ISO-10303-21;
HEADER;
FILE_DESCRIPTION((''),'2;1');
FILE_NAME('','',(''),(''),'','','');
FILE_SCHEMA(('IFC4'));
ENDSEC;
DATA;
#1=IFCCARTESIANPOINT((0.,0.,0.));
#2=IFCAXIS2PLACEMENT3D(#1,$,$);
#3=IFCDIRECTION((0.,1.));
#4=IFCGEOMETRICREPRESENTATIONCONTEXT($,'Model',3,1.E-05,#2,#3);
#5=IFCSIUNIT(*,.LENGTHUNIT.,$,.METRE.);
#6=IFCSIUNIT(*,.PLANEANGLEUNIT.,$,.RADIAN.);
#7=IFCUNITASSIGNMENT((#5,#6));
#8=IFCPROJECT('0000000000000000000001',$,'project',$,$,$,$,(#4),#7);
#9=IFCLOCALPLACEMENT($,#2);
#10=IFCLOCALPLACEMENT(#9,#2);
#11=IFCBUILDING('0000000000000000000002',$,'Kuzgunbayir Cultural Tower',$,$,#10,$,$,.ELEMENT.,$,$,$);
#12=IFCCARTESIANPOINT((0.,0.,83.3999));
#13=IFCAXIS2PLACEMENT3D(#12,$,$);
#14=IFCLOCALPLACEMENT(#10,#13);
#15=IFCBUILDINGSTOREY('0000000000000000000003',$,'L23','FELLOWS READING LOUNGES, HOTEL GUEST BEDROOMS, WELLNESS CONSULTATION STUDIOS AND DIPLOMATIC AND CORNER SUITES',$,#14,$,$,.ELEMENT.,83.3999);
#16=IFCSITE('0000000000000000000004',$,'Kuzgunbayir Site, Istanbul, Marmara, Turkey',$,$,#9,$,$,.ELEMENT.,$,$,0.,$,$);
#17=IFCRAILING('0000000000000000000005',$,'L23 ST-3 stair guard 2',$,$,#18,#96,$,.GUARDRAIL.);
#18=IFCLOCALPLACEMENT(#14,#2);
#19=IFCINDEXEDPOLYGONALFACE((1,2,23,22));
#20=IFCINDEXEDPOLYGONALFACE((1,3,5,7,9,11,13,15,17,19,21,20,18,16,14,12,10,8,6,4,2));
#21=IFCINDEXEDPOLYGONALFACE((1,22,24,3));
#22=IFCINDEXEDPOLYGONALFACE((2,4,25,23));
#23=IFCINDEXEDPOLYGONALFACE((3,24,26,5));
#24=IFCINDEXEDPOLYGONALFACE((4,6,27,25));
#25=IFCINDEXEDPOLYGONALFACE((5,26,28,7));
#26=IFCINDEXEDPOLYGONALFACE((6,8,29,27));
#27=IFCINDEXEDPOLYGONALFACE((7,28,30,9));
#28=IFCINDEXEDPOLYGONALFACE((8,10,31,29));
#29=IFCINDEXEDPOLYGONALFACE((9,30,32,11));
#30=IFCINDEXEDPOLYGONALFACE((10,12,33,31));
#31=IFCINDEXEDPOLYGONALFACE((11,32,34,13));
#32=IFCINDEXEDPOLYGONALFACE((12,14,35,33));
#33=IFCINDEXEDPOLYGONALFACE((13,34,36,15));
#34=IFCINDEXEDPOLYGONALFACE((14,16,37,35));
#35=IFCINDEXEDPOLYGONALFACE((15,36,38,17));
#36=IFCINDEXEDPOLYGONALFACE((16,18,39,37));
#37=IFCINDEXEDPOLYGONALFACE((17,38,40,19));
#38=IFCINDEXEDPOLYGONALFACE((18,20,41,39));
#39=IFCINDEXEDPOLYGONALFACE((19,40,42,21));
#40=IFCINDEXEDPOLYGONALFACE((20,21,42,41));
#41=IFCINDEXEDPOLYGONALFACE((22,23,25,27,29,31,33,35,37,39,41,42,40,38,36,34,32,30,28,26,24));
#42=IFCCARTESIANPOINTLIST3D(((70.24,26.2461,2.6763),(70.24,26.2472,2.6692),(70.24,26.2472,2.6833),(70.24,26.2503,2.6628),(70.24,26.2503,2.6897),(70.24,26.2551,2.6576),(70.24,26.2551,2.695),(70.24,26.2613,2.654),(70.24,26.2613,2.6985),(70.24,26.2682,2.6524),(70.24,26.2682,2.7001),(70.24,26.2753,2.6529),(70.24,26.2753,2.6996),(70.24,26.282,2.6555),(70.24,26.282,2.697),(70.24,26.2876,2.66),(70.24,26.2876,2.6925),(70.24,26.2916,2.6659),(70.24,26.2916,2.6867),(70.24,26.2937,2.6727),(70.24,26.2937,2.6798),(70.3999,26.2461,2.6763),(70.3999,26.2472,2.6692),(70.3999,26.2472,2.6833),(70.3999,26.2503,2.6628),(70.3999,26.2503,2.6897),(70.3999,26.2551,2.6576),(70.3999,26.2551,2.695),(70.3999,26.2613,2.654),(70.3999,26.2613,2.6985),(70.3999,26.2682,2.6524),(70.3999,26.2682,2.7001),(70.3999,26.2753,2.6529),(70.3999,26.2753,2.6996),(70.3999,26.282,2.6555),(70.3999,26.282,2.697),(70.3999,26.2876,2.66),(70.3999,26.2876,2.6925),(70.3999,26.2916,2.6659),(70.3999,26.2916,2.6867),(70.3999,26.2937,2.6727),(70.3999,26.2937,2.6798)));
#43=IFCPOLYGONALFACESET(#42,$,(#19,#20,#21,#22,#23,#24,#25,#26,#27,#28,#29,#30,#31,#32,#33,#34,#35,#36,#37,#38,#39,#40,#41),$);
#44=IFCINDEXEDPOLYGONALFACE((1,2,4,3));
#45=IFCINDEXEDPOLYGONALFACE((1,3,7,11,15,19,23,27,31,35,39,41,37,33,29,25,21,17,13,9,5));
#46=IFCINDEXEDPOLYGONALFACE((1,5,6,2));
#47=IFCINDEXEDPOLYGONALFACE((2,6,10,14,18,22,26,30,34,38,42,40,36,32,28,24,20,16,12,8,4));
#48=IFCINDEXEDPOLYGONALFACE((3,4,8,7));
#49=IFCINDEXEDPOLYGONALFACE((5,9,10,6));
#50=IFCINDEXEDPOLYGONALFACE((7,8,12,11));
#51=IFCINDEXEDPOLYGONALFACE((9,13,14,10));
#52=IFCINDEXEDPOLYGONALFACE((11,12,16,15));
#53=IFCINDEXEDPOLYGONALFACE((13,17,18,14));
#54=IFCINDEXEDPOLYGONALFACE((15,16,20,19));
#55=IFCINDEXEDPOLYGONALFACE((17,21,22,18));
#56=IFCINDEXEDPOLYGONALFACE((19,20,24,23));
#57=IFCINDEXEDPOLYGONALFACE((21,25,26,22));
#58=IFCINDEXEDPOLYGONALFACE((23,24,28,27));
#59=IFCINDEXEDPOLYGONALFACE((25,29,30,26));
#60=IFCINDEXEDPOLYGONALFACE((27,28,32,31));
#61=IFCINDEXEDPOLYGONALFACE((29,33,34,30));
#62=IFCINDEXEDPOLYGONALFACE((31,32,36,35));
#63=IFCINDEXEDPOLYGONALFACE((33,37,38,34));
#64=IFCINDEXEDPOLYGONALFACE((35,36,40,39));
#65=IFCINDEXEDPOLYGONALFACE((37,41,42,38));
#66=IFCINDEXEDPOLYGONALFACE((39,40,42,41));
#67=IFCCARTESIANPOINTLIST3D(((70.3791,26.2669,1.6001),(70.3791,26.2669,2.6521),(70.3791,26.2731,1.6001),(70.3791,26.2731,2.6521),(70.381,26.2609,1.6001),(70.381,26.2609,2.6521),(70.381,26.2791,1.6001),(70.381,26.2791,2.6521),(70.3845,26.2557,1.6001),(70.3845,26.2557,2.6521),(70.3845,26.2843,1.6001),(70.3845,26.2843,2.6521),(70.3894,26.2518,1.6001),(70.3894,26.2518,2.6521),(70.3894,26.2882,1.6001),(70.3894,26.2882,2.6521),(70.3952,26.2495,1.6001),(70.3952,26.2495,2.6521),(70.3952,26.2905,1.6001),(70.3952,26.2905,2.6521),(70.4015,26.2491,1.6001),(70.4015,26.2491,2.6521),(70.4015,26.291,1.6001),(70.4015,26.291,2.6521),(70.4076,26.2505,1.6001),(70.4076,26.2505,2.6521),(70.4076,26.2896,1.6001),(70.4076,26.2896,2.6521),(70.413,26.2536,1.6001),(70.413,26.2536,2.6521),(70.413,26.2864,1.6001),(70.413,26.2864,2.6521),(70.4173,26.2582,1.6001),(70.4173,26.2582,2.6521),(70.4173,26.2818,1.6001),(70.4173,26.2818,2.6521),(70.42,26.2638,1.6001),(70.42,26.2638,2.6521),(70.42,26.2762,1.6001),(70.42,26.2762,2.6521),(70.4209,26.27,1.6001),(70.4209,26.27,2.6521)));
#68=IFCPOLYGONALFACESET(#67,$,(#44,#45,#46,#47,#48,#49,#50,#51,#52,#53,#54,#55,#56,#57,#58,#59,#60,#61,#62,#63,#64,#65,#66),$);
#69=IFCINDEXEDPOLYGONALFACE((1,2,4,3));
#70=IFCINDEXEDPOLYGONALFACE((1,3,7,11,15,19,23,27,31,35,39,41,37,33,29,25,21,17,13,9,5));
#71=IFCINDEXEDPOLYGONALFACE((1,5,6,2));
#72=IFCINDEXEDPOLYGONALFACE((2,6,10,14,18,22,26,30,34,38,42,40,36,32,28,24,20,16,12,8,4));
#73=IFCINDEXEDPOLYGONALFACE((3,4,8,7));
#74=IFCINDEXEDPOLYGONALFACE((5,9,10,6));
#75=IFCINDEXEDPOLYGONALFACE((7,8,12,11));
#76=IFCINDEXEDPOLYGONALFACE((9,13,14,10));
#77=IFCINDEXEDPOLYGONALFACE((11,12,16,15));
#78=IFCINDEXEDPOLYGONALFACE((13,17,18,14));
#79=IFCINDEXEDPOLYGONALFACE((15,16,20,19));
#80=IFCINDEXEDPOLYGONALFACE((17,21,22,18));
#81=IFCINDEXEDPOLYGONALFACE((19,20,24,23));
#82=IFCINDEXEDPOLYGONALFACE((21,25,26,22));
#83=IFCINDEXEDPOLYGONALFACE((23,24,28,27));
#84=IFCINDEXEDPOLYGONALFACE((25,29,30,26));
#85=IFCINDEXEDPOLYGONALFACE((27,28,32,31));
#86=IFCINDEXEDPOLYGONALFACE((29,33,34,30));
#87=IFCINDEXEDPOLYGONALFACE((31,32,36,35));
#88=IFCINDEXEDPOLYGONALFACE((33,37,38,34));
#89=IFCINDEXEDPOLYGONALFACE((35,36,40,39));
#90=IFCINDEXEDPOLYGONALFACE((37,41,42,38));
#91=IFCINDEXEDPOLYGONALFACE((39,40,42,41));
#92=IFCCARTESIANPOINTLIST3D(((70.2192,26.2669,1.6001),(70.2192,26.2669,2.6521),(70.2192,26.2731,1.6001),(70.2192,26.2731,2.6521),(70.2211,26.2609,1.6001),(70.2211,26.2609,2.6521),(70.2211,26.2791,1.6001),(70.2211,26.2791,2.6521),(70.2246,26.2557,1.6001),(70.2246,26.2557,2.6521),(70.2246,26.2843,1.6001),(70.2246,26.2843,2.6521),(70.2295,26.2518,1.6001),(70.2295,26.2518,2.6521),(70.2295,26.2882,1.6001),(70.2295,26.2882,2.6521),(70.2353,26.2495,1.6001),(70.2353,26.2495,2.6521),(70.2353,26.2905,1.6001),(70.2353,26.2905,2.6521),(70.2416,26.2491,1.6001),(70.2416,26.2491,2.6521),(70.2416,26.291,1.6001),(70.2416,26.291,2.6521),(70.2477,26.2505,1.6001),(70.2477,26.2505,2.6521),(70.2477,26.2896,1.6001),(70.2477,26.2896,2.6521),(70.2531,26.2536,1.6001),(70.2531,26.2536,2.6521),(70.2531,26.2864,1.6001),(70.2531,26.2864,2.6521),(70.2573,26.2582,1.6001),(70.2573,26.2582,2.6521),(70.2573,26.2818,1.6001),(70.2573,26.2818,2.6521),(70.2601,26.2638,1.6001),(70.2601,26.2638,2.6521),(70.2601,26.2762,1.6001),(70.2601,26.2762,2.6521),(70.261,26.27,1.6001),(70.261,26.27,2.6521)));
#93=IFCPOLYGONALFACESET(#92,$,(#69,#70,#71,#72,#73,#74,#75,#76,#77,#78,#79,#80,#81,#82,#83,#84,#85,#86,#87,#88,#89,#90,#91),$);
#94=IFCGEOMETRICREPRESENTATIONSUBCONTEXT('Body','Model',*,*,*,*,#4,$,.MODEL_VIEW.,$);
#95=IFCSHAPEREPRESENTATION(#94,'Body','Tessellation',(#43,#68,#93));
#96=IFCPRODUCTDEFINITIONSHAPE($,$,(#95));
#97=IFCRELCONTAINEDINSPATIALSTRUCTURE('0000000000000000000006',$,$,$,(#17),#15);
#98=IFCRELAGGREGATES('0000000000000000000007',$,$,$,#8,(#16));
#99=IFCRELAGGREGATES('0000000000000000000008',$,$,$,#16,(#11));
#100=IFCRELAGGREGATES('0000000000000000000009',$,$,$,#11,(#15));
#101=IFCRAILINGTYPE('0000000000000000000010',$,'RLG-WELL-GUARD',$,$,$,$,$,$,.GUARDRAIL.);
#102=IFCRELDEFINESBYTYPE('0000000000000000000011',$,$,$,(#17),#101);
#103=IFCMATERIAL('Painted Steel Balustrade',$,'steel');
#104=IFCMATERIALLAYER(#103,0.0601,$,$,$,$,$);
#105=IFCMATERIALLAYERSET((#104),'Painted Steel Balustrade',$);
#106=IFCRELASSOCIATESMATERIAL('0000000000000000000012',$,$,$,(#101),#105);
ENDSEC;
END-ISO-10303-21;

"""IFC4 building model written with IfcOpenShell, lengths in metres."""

from ifc_helpers import new_model, si_unit, direction, frame, origin, origin_2d, place, context, subcontext, project, spatial, circle, extrude, material, layer, layer_set, type_object, element, save


model = new_model("IFC4")

# Units and contexts
model_context = context("Model", 3, precision=1e-05, world=origin(), true_north=direction((0.0, 1.0)))
body_context = subcontext(model_context, "Body", "Model", "MODEL_VIEW")
ifc_project = project(units=[si_unit("LENGTHUNIT", "METRE"), si_unit("PLANEANGLEUNIT", "RADIAN")], contexts=[model_context])

# Site, building, storey
site_placement = place(None, origin())
site = spatial("IfcSite", under=ifc_project, at=site_placement, Name="Kuzgunbayir Site, Istanbul, Marmara, Turkey", CompositionType="ELEMENT", RefElevation=0.0)
building_placement = place(site_placement, origin())
building = spatial("IfcBuilding", under=site, at=building_placement, Name="Kuzgunbayir Cultural Tower", CompositionType="ELEMENT")
storey_placement = place(building_placement, frame((0.0, 0.0, 83.3999)))
storey = spatial("IfcBuildingStorey", under=building, at=storey_placement, Name="L23", Description="FELLOWS READING LOUNGES, HOTEL GUEST BEDROOMS, WELLNESS CONSULTATION STUDIOS AND DIPLOMATIC AND CORNER SUITES", CompositionType="ELEMENT", Elevation=83.3999)

# Railing
ifc_material_1 = material(Name="Painted Steel Balustrade", Category="steel")
ifc_layer_1 = layer(ifc_material_1, 0.0601)
ifc_layer_set_1 = layer_set([ifc_layer_1], Name="Painted Steel Balustrade")
railing_type_1 = type_object("IfcRailingType", Name="RLG-WELL-GUARD", PredefinedType="GUARDRAIL", material=ifc_layer_set_1)
railing_1_placement = place(storey_placement, frame((70.3999, 26.27, 1.6001)))
element("IfcRailing", 1, at=railing_1_placement, inside=storey, type_object=railing_type_1, Name="L23 ST-3 stair guard 2", PredefinedType="GUARDRAIL", context=body_context, shape_type="SweptSolid", body=[
    extrude(circle(Radius=0.0239, at=origin_2d()), frame((0.0, 0.0, 1.0762), z_axis=(-1.0, 0.0, 0.0), x_axis=(0.0, -1.0, 0.0)), (0.0, 0.0, 1.0), 0.1599),
    extrude(circle(Radius=0.021, at=origin_2d()), origin(), (0.0, 0.0, 1.0), 1.052),
    extrude(circle(Radius=0.021, at=origin_2d()), frame((-0.1599, 0.0, 0.0)), (0.0, 0.0, 1.0), 1.052),
])

save(model, "model.ifc")
